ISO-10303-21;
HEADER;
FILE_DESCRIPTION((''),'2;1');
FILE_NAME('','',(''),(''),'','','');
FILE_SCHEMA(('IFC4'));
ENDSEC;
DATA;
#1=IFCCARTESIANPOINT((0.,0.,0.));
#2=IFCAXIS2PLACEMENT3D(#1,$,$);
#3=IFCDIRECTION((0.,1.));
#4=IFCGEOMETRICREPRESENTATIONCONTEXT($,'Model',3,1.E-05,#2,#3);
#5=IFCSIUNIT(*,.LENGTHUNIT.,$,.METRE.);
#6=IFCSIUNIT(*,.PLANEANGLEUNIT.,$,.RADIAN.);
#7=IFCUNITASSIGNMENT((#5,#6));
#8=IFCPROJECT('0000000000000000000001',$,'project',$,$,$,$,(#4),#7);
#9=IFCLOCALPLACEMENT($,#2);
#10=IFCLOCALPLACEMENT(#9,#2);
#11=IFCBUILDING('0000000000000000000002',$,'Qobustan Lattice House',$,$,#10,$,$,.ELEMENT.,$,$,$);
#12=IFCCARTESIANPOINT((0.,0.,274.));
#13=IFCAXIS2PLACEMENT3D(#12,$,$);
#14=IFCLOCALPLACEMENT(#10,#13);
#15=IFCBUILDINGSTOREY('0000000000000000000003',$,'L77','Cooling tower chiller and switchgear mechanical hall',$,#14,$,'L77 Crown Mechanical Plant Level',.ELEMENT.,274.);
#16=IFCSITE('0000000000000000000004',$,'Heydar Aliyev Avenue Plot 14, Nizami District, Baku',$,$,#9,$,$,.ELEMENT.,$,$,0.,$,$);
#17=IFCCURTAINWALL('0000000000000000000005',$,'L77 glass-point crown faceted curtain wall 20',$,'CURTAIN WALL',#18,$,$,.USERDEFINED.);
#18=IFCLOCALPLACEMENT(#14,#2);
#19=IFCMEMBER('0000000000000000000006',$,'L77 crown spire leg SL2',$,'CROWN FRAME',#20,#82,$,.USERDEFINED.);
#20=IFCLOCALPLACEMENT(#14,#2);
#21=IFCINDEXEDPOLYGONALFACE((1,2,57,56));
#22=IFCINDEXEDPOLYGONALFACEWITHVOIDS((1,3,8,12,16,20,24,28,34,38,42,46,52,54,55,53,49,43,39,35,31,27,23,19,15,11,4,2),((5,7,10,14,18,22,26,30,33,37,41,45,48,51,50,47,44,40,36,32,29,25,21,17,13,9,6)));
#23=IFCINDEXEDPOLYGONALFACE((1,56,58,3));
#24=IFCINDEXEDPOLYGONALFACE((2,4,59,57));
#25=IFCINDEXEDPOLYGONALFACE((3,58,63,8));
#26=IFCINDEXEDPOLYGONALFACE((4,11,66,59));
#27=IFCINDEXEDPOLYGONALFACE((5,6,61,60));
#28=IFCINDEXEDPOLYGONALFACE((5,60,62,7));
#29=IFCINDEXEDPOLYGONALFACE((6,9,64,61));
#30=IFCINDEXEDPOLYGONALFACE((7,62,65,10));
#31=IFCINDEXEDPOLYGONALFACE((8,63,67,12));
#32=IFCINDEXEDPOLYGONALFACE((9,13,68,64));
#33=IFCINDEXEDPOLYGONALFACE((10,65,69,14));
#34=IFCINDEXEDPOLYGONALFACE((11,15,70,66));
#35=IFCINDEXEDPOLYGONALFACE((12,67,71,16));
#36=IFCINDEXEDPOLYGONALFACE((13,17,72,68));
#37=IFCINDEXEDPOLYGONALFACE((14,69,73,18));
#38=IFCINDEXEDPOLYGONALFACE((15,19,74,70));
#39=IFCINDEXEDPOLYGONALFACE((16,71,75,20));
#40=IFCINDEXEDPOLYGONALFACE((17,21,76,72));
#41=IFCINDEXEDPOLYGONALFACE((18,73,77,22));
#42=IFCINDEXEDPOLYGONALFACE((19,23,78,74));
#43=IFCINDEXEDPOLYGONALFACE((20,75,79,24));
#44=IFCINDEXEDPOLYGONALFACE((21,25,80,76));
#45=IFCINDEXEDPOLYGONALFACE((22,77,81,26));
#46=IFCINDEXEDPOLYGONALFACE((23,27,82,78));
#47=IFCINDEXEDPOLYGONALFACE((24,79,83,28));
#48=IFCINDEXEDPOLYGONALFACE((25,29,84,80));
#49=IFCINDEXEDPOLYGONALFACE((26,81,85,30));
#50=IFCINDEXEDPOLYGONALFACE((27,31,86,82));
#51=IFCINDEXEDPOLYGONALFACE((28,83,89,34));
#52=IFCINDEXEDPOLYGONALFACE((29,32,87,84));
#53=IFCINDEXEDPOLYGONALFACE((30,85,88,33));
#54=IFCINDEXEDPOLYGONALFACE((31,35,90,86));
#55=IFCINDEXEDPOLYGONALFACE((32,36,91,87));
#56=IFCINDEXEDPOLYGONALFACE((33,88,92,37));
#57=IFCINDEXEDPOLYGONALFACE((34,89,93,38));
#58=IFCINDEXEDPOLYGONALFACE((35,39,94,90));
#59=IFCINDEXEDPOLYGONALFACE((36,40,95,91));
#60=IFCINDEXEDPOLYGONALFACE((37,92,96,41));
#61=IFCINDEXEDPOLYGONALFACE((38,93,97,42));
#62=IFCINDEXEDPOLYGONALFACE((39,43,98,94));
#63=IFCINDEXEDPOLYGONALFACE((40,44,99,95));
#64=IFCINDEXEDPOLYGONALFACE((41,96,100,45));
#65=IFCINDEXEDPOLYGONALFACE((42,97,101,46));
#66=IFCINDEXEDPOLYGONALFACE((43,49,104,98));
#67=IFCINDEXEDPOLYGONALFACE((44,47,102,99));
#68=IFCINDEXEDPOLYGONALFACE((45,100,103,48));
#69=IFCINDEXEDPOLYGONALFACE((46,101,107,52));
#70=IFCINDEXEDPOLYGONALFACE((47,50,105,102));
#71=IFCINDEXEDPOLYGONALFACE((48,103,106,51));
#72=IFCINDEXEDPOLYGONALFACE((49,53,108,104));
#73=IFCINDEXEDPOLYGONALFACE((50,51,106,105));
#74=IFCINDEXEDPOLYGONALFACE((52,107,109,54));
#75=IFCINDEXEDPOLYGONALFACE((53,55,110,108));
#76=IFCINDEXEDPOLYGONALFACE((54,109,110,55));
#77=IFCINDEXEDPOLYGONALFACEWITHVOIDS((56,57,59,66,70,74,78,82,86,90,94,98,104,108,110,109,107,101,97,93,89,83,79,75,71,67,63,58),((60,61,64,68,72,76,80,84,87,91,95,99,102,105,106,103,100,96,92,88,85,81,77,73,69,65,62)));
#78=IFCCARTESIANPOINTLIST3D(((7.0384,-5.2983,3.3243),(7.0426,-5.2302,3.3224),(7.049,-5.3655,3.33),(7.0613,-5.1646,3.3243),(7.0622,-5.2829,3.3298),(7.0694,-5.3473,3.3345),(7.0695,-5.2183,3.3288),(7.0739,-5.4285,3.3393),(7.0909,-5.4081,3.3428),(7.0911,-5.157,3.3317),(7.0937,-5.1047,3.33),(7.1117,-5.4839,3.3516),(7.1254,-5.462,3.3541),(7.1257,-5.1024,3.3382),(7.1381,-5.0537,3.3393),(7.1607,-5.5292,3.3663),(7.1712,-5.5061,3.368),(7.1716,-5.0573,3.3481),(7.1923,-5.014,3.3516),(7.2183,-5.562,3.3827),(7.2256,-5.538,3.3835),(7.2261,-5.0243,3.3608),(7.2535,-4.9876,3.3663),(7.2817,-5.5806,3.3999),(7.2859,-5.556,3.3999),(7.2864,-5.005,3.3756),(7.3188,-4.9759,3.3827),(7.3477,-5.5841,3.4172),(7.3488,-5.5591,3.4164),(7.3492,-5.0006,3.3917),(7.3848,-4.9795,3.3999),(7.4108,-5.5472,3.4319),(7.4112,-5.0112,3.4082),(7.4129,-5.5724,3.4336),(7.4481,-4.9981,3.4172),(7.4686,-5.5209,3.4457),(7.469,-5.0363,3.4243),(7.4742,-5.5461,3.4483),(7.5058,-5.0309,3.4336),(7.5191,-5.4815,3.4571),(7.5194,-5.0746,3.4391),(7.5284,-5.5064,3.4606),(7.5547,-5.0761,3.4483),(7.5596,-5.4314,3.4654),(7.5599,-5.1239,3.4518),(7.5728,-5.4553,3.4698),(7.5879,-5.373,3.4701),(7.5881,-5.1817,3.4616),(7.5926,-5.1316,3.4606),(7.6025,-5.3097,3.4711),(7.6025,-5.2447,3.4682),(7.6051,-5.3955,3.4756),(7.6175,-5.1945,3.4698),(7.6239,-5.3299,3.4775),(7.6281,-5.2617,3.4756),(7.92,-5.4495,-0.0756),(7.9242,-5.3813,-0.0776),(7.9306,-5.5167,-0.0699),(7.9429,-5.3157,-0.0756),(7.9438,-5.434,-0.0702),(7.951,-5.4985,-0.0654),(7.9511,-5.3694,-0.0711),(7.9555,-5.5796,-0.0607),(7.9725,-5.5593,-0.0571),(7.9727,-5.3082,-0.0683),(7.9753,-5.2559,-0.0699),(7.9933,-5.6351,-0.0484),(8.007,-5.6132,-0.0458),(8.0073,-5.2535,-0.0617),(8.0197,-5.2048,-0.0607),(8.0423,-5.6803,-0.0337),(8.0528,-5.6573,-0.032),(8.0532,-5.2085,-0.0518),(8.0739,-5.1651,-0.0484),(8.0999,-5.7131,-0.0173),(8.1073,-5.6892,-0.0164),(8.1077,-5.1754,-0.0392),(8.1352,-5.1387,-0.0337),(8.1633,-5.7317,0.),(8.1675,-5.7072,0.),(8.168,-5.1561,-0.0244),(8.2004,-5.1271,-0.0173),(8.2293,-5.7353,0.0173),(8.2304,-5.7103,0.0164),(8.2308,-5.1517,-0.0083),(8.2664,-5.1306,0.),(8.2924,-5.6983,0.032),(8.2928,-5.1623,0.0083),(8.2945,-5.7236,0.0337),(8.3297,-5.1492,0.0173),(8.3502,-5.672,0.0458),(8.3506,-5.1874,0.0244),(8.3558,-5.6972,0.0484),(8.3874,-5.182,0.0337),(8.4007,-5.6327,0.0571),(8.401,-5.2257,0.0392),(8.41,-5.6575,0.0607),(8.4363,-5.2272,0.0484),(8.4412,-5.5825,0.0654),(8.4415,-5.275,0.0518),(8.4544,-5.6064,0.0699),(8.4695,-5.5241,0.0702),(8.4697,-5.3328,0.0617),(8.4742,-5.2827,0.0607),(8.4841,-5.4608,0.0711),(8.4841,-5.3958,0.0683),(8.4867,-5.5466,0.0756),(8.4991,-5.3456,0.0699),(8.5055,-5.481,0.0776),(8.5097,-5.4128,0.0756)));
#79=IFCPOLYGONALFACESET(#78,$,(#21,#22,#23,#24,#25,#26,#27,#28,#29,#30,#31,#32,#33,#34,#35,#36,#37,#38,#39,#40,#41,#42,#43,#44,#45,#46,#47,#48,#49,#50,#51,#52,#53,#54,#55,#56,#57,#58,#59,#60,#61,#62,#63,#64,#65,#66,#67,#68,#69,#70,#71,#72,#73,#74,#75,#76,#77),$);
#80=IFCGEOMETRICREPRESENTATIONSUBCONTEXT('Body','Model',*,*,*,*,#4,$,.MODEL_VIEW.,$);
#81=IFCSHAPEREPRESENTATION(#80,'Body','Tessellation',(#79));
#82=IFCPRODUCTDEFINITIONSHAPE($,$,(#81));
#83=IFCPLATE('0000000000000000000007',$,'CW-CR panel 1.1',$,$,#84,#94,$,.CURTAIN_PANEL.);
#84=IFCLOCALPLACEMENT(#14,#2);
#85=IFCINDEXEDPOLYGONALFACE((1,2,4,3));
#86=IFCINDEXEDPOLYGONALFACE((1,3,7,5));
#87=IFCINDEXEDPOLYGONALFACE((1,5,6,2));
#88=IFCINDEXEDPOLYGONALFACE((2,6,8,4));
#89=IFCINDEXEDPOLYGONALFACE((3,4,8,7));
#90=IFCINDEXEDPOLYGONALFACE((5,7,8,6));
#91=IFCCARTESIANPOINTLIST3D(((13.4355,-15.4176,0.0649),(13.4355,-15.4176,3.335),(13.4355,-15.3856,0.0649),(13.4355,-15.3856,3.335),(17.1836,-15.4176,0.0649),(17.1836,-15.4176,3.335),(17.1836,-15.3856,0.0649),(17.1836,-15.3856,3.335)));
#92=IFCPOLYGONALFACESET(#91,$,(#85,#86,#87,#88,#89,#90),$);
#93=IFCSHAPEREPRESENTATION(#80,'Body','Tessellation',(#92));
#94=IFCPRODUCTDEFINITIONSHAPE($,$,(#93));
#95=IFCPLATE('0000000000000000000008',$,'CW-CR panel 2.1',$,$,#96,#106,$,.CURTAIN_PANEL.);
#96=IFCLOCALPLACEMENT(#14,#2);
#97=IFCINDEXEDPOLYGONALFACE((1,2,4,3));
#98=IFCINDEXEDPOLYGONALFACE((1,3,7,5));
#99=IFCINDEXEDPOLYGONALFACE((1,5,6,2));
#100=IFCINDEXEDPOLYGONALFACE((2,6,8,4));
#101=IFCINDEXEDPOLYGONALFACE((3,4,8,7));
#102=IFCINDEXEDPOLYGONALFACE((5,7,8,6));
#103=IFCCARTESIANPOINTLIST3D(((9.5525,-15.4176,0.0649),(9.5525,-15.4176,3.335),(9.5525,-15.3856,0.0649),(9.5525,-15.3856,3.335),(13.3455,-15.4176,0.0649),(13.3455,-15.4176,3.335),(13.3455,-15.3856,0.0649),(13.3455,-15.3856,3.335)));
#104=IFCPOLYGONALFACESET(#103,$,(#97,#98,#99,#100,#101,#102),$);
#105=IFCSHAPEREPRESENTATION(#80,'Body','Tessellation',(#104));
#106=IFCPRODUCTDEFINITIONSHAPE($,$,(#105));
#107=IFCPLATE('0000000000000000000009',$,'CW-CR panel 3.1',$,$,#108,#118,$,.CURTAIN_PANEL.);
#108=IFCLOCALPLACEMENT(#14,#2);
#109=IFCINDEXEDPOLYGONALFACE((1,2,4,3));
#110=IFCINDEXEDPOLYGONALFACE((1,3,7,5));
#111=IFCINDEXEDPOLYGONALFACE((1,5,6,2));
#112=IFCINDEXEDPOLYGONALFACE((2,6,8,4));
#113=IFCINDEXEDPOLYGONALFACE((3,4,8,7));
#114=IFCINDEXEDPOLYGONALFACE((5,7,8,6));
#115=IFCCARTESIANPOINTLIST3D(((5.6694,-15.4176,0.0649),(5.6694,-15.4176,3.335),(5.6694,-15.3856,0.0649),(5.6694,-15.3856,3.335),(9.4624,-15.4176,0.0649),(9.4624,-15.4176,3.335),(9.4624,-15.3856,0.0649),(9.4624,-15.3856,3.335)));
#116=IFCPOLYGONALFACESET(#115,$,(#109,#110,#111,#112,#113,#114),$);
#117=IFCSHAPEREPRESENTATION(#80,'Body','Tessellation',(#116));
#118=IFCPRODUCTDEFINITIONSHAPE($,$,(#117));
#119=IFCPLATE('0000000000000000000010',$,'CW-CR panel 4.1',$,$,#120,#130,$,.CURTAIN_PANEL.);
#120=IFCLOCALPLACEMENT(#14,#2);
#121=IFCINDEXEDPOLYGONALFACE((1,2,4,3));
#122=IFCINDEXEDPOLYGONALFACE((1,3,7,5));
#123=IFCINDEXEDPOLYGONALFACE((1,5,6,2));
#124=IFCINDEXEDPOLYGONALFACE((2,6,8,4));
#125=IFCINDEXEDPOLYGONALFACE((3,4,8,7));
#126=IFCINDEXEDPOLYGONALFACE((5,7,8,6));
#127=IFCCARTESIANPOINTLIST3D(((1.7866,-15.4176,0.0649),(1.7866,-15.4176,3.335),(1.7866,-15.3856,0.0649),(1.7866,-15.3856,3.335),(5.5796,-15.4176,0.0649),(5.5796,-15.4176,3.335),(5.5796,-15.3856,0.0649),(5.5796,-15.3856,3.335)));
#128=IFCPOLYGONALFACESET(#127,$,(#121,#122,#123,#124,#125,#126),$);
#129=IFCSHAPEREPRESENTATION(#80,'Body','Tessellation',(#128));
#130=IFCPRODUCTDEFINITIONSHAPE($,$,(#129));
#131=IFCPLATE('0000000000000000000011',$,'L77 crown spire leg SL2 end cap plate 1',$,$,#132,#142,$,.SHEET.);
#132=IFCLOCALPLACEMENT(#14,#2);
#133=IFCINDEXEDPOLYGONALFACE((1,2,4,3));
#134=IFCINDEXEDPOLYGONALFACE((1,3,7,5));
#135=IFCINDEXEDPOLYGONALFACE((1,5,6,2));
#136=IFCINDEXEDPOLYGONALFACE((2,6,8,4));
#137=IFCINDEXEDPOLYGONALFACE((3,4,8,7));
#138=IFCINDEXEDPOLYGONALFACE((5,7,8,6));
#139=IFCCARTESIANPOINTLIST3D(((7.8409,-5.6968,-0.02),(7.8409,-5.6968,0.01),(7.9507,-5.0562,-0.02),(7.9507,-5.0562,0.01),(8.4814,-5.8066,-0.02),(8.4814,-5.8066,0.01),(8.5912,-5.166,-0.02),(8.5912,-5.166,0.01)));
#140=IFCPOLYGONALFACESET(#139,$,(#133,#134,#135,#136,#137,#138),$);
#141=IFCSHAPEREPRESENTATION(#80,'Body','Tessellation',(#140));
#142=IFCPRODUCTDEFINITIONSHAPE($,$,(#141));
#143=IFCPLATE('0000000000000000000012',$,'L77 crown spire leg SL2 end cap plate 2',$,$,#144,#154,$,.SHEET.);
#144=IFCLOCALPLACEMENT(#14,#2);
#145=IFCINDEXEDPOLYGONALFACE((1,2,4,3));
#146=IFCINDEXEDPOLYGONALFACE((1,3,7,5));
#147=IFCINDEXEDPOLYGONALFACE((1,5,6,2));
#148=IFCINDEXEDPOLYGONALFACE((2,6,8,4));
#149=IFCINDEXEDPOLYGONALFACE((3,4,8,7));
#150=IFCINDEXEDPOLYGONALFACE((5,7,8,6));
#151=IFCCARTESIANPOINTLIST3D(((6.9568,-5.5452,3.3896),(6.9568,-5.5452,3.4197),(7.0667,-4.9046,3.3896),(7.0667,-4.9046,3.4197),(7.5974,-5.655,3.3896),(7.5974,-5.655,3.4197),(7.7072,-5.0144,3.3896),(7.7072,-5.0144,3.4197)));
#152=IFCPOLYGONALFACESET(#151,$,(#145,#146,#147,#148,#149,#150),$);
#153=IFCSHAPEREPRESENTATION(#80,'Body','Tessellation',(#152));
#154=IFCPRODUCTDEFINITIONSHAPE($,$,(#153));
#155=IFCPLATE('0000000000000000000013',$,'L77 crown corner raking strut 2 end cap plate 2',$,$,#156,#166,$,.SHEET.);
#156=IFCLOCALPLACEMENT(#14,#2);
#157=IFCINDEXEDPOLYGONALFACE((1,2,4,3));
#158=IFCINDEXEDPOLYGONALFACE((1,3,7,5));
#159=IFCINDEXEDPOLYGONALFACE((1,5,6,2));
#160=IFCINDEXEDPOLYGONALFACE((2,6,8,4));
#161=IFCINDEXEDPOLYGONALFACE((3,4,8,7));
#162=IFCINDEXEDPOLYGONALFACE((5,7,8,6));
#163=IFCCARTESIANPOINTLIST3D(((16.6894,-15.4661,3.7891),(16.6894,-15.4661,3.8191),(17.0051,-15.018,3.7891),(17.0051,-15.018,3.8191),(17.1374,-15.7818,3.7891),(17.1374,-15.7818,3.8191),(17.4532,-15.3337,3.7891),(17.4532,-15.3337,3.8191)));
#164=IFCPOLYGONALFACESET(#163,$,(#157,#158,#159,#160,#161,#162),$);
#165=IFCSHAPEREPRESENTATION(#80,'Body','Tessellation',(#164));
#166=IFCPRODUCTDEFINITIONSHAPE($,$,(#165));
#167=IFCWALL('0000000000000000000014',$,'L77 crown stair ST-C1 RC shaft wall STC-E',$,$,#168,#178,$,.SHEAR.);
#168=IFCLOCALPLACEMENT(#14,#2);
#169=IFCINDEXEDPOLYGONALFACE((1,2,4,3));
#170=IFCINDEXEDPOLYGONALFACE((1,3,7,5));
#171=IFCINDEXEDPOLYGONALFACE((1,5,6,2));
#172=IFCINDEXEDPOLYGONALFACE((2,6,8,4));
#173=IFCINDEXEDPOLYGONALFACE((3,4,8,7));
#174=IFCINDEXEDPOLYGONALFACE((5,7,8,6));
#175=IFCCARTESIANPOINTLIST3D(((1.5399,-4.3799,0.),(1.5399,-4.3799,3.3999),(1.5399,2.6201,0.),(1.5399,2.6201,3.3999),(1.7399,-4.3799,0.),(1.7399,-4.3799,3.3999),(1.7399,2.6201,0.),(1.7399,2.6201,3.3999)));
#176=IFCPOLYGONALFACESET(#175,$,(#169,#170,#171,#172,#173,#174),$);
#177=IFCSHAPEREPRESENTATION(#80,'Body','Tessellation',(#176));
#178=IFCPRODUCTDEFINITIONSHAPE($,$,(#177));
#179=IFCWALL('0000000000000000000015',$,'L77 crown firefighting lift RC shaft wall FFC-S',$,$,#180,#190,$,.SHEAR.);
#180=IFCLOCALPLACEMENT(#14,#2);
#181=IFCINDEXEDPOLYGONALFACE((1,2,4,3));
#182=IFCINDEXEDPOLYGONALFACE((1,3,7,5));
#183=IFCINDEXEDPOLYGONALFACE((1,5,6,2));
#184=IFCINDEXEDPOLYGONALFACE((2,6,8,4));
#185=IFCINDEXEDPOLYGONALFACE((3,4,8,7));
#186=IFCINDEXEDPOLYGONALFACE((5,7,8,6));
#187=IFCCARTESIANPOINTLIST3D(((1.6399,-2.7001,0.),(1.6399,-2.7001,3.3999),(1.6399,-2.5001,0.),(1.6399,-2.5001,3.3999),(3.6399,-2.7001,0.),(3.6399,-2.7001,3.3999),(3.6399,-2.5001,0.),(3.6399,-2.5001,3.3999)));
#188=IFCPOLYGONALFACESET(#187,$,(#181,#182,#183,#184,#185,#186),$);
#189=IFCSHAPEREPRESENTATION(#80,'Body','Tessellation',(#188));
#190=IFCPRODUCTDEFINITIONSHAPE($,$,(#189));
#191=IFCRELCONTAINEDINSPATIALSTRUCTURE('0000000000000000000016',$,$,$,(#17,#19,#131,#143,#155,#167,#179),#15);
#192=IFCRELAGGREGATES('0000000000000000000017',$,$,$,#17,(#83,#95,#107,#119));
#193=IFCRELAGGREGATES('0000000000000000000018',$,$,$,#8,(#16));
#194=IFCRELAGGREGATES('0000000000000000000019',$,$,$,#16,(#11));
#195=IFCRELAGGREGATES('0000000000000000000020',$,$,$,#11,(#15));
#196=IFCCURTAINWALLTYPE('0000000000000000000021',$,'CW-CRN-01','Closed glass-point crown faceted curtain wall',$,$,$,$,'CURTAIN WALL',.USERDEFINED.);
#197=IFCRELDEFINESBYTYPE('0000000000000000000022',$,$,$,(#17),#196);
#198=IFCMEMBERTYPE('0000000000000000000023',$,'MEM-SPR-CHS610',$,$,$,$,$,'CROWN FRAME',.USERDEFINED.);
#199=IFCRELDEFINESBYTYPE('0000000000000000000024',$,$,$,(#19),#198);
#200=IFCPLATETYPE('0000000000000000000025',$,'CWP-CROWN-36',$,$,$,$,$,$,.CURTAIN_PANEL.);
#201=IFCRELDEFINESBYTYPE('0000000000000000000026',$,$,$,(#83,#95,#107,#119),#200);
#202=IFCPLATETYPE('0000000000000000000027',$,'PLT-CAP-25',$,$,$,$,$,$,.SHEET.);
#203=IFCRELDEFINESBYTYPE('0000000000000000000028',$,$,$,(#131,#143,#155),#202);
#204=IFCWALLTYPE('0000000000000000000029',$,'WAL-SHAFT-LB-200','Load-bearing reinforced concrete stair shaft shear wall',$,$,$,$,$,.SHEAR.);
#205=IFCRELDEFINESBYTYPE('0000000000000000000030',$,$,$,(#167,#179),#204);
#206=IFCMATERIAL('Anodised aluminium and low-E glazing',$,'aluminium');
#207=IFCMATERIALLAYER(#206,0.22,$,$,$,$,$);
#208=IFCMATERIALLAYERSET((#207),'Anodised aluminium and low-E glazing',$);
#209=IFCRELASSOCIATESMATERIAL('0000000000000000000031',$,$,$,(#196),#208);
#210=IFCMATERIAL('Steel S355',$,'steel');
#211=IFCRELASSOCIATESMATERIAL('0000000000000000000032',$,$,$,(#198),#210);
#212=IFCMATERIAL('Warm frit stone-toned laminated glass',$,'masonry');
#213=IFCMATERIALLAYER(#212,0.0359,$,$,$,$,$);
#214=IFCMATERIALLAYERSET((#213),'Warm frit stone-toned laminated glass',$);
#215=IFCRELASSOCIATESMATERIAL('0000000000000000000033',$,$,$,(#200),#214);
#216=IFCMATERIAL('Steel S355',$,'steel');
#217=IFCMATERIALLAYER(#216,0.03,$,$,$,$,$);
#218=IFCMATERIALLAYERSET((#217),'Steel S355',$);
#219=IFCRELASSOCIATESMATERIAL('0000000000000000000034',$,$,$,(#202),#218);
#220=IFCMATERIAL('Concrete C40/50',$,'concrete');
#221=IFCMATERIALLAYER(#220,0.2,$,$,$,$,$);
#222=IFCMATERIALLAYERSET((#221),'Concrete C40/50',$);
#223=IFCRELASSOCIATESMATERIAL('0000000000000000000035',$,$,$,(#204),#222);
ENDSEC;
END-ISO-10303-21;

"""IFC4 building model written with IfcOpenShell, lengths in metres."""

from ifc_helpers import new_model, si_unit, direction, frame, frame_2d, origin, origin_2d, place, context, subcontext, project, spatial, rectangle, hollow_circle, extrude, material, layer, layer_set, material_profile, profile_set, type_object, element, aggregate, save


model = new_model("IFC4")

# Units and contexts
model_context = context("Model", 3, precision=1e-05, world=origin(), true_north=direction((0.0, 1.0)))
body_context = subcontext(model_context, "Body", "Model", "MODEL_VIEW")
ifc_project = project(units=[si_unit("LENGTHUNIT", "METRE"), si_unit("PLANEANGLEUNIT", "RADIAN")], contexts=[model_context])

# Site, building, storey
site_placement = place(None, origin())
site = spatial("IfcSite", under=ifc_project, at=site_placement, Name="Heydar Aliyev Avenue Plot 14, Nizami District, Baku", CompositionType="ELEMENT", RefElevation=0.0)
building_placement = place(site_placement, origin())
building = spatial("IfcBuilding", under=site, at=building_placement, Name="Qobustan Lattice House", CompositionType="ELEMENT")
storey_placement = place(building_placement, frame((0.0, 0.0, 274.0)))
storey = spatial("IfcBuildingStorey", under=building, at=storey_placement, Name="L77", Description="Cooling tower chiller and switchgear mechanical hall", LongName="L77 Crown Mechanical Plant Level", CompositionType="ELEMENT", Elevation=274.0)

# Curtain wall
ifc_material_1 = material(Name="Anodised aluminium and low-E glazing", Category="aluminium")
ifc_layer_1 = layer(ifc_material_1, 0.22)
ifc_layer_set_1 = layer_set([ifc_layer_1], Name="Anodised aluminium and low-E glazing")
curtain_wall_type = type_object("IfcCurtainWallType", Name="CW-CRN-01", Description="Closed glass-point crown faceted curtain wall", ElementType="CURTAIN WALL", PredefinedType="USERDEFINED", material=ifc_layer_set_1)
curtain_wall_placement = place(storey_placement, origin())
curtain_wall = element("IfcCurtainWall", 1, at=curtain_wall_placement, inside=storey, type_object=curtain_wall_type, Name="L77 glass-point crown faceted curtain wall 20", ObjectType="CURTAIN WALL", PredefinedType="USERDEFINED")

# Member
ifc_material_2 = material(Name="Steel S355", Category="steel")
ifc_material_profile_1 = material_profile(ifc_material_2, hollow_circle(Radius=0.3049, WallThickness=0.0249, at=origin_2d()), Name="CHS610x25")
ifc_profile_set_1 = profile_set([ifc_material_profile_1], Name="Steel S355")
member_type_1 = type_object("IfcMemberType", Name="MEM-SPR-CHS610", ElementType="CROWN FRAME", PredefinedType="USERDEFINED", material=ifc_profile_set_1)
member_1_placement = place(storey_placement, frame((8.2148, -5.4312, 0.0), z_axis=(-0.250766, 0.042987, 0.967093), x_axis=(-0.168956, -0.985624, 0.0)))
element("IfcMember", 2, at=member_1_placement, inside=storey, type_object=member_type_1, Name="L77 crown spire leg SL2", ObjectType="CROWN FRAME", PredefinedType="USERDEFINED", context=body_context, shape_type="SweptSolid", body=[
    extrude(hollow_circle(Radius=0.3049, WallThickness=0.0249, at=origin_2d()), origin(), (0.0, 0.0, 1.0), 3.5156),
])

# Plates
ifc_material_3 = material(Name="Warm frit stone-toned laminated glass", Category="masonry")
ifc_layer_2 = layer(ifc_material_3, 0.0359)
ifc_layer_set_2 = layer_set([ifc_layer_2], Name="Warm frit stone-toned laminated glass")
plate_type_1 = type_object("IfcPlateType", Name="CWP-CROWN-36", PredefinedType="CURTAIN_PANEL", material=ifc_layer_set_2)
plate_1_placement = place(storey_placement, frame((15.3096, -15.4016, 0.0649), z_axis=(0.0, 0.0, 1.0), x_axis=(-1.0, 0.0, 0.0)))
plate_1 = element("IfcPlate", 3, at=plate_1_placement, type_object=plate_type_1, Name="CW-CR panel 1.1", PredefinedType="CURTAIN_PANEL", context=body_context, shape_type="SweptSolid", body=[
    extrude(rectangle(XDim=3.748, YDim=0.032, at=origin_2d()), origin(), (0.0, 0.0, 1.0), 3.27),
])
plate_2_placement = place(storey_placement, frame((11.449, -15.4016, 0.0649), z_axis=(0.0, 0.0, 1.0), x_axis=(-1.0, 0.0, 0.0)))
plate_2 = element("IfcPlate", 4, at=plate_2_placement, type_object=plate_type_1, Name="CW-CR panel 2.1", PredefinedType="CURTAIN_PANEL", context=body_context, shape_type="SweptSolid", body=[
    extrude(rectangle(XDim=3.793, YDim=0.032, at=origin_2d()), origin(), (0.0, 0.0, 1.0), 3.27),
])
plate_3_placement = place(storey_placement, frame((7.5659, -15.4016, 0.0649), z_axis=(0.0, 0.0, 1.0), x_axis=(-1.0, 0.0, 0.0)))
plate_3 = element("IfcPlate", 5, at=plate_3_placement, type_object=plate_type_1, Name="CW-CR panel 3.1", PredefinedType="CURTAIN_PANEL", context=body_context, shape_type="SweptSolid", body=[
    extrude(rectangle(XDim=3.793, YDim=0.032, at=origin_2d()), origin(), (0.0, 0.0, 1.0), 3.27),
])
plate_4_placement = place(storey_placement, frame((3.6831, -15.4016, 0.0649), z_axis=(0.0, 0.0, 1.0), x_axis=(-1.0, 0.0, 0.0)))
plate_4 = element("IfcPlate", 6, at=plate_4_placement, type_object=plate_type_1, Name="CW-CR panel 4.1", PredefinedType="CURTAIN_PANEL", context=body_context, shape_type="SweptSolid", body=[
    extrude(rectangle(XDim=3.793, YDim=0.032, at=origin_2d()), origin(), (0.0, 0.0, 1.0), 3.27),
])
aggregate(curtain_wall, [plate_1, plate_2, plate_3, plate_4])

# Plates
ifc_material_4 = material(Name="Steel S355", Category="steel")
ifc_layer_3 = layer(ifc_material_4, 0.03)
ifc_layer_set_3 = layer_set([ifc_layer_3], Name="Steel S355")
plate_type_2 = type_object("IfcPlateType", Name="PLT-CAP-25", PredefinedType="SHEET", material=ifc_layer_set_3)
for number, where, z_axis, x_axis, name in (
    (7, (8.2161, -5.4314, -0.02), (0.0, 0.0, 1.0), (-0.985624, 0.168954, 0.0), "L77 crown spire leg SL2 end cap plate 1"),
    (8, (7.332, -5.2798, 3.3896), (0.0, 0.0, 1.0), (-0.985624, 0.168954, 0.0), "L77 crown spire leg SL2 end cap plate 2"),
):
    element("IfcPlate", number, at=place(storey_placement, frame(where, z_axis=z_axis, x_axis=x_axis)), inside=storey, type_object=plate_type_2, Name=name, PredefinedType="SHEET", context=body_context, shape_type="SweptSolid", body=[
        extrude(rectangle(XDim=0.6499, YDim=0.6499, at=origin_2d()), origin(), (0.0, 0.0, 1.0), 0.03),
    ])
plate_5_placement = place(storey_placement, frame((17.0713, -15.3999, 3.7891), z_axis=(0.0, 0.0, 1.0), x_axis=(-0.817426, 0.576033, 0.0)))
element("IfcPlate", 9, at=plate_5_placement, inside=storey, type_object=plate_type_2, Name="L77 crown corner raking strut 2 end cap plate 2", PredefinedType="SHEET", context=body_context, shape_type="SweptSolid", body=[
    extrude(rectangle(XDim=0.5481, YDim=0.5481, at=origin_2d()), origin(), (0.0, 0.0, 1.0), 0.03),
])

# Walls
ifc_material_5 = material(Name="Concrete C40/50", Category="concrete")
ifc_layer_4 = layer(ifc_material_5, 0.2)
ifc_layer_set_4 = layer_set([ifc_layer_4], Name="Concrete C40/50")
wall_type = type_object("IfcWallType", Name="WAL-SHAFT-LB-200", Description="Load-bearing reinforced concrete stair shaft shear wall", PredefinedType="SHEAR", material=ifc_layer_set_4)
wall_1_placement = place(storey_placement, frame((1.6399, -4.3799, 0.0), z_axis=(0.0, 0.0, 1.0), x_axis=(0.0, 1.0, 0.0)))
element("IfcWall", 10, at=wall_1_placement, inside=storey, type_object=wall_type, Name="L77 crown stair ST-C1 RC shaft wall STC-E", PredefinedType="SHEAR", context=body_context, shape_type="SweptSolid", body=[
    extrude(rectangle(XDim=7.0, YDim=0.2, at=frame_2d((3.5, 0.0))), origin(), (0.0, 0.0, 1.0), 3.3999),
])
wall_2_placement = place(storey_placement, frame((1.6399, -2.6001, 0.0), z_axis=(0.0, 0.0, 1.0), x_axis=(1.0, 0.0, 0.0)))
element("IfcWall", 11, at=wall_2_placement, inside=storey, type_object=wall_type, Name="L77 crown firefighting lift RC shaft wall FFC-S", PredefinedType="SHEAR", context=body_context, shape_type="SweptSolid", body=[
    extrude(rectangle(XDim=2.0, YDim=0.2, at=frame_2d((1.0, 0.0))), origin(), (0.0, 0.0, 1.0), 3.3999),
])

save(model, "model.ifc")
